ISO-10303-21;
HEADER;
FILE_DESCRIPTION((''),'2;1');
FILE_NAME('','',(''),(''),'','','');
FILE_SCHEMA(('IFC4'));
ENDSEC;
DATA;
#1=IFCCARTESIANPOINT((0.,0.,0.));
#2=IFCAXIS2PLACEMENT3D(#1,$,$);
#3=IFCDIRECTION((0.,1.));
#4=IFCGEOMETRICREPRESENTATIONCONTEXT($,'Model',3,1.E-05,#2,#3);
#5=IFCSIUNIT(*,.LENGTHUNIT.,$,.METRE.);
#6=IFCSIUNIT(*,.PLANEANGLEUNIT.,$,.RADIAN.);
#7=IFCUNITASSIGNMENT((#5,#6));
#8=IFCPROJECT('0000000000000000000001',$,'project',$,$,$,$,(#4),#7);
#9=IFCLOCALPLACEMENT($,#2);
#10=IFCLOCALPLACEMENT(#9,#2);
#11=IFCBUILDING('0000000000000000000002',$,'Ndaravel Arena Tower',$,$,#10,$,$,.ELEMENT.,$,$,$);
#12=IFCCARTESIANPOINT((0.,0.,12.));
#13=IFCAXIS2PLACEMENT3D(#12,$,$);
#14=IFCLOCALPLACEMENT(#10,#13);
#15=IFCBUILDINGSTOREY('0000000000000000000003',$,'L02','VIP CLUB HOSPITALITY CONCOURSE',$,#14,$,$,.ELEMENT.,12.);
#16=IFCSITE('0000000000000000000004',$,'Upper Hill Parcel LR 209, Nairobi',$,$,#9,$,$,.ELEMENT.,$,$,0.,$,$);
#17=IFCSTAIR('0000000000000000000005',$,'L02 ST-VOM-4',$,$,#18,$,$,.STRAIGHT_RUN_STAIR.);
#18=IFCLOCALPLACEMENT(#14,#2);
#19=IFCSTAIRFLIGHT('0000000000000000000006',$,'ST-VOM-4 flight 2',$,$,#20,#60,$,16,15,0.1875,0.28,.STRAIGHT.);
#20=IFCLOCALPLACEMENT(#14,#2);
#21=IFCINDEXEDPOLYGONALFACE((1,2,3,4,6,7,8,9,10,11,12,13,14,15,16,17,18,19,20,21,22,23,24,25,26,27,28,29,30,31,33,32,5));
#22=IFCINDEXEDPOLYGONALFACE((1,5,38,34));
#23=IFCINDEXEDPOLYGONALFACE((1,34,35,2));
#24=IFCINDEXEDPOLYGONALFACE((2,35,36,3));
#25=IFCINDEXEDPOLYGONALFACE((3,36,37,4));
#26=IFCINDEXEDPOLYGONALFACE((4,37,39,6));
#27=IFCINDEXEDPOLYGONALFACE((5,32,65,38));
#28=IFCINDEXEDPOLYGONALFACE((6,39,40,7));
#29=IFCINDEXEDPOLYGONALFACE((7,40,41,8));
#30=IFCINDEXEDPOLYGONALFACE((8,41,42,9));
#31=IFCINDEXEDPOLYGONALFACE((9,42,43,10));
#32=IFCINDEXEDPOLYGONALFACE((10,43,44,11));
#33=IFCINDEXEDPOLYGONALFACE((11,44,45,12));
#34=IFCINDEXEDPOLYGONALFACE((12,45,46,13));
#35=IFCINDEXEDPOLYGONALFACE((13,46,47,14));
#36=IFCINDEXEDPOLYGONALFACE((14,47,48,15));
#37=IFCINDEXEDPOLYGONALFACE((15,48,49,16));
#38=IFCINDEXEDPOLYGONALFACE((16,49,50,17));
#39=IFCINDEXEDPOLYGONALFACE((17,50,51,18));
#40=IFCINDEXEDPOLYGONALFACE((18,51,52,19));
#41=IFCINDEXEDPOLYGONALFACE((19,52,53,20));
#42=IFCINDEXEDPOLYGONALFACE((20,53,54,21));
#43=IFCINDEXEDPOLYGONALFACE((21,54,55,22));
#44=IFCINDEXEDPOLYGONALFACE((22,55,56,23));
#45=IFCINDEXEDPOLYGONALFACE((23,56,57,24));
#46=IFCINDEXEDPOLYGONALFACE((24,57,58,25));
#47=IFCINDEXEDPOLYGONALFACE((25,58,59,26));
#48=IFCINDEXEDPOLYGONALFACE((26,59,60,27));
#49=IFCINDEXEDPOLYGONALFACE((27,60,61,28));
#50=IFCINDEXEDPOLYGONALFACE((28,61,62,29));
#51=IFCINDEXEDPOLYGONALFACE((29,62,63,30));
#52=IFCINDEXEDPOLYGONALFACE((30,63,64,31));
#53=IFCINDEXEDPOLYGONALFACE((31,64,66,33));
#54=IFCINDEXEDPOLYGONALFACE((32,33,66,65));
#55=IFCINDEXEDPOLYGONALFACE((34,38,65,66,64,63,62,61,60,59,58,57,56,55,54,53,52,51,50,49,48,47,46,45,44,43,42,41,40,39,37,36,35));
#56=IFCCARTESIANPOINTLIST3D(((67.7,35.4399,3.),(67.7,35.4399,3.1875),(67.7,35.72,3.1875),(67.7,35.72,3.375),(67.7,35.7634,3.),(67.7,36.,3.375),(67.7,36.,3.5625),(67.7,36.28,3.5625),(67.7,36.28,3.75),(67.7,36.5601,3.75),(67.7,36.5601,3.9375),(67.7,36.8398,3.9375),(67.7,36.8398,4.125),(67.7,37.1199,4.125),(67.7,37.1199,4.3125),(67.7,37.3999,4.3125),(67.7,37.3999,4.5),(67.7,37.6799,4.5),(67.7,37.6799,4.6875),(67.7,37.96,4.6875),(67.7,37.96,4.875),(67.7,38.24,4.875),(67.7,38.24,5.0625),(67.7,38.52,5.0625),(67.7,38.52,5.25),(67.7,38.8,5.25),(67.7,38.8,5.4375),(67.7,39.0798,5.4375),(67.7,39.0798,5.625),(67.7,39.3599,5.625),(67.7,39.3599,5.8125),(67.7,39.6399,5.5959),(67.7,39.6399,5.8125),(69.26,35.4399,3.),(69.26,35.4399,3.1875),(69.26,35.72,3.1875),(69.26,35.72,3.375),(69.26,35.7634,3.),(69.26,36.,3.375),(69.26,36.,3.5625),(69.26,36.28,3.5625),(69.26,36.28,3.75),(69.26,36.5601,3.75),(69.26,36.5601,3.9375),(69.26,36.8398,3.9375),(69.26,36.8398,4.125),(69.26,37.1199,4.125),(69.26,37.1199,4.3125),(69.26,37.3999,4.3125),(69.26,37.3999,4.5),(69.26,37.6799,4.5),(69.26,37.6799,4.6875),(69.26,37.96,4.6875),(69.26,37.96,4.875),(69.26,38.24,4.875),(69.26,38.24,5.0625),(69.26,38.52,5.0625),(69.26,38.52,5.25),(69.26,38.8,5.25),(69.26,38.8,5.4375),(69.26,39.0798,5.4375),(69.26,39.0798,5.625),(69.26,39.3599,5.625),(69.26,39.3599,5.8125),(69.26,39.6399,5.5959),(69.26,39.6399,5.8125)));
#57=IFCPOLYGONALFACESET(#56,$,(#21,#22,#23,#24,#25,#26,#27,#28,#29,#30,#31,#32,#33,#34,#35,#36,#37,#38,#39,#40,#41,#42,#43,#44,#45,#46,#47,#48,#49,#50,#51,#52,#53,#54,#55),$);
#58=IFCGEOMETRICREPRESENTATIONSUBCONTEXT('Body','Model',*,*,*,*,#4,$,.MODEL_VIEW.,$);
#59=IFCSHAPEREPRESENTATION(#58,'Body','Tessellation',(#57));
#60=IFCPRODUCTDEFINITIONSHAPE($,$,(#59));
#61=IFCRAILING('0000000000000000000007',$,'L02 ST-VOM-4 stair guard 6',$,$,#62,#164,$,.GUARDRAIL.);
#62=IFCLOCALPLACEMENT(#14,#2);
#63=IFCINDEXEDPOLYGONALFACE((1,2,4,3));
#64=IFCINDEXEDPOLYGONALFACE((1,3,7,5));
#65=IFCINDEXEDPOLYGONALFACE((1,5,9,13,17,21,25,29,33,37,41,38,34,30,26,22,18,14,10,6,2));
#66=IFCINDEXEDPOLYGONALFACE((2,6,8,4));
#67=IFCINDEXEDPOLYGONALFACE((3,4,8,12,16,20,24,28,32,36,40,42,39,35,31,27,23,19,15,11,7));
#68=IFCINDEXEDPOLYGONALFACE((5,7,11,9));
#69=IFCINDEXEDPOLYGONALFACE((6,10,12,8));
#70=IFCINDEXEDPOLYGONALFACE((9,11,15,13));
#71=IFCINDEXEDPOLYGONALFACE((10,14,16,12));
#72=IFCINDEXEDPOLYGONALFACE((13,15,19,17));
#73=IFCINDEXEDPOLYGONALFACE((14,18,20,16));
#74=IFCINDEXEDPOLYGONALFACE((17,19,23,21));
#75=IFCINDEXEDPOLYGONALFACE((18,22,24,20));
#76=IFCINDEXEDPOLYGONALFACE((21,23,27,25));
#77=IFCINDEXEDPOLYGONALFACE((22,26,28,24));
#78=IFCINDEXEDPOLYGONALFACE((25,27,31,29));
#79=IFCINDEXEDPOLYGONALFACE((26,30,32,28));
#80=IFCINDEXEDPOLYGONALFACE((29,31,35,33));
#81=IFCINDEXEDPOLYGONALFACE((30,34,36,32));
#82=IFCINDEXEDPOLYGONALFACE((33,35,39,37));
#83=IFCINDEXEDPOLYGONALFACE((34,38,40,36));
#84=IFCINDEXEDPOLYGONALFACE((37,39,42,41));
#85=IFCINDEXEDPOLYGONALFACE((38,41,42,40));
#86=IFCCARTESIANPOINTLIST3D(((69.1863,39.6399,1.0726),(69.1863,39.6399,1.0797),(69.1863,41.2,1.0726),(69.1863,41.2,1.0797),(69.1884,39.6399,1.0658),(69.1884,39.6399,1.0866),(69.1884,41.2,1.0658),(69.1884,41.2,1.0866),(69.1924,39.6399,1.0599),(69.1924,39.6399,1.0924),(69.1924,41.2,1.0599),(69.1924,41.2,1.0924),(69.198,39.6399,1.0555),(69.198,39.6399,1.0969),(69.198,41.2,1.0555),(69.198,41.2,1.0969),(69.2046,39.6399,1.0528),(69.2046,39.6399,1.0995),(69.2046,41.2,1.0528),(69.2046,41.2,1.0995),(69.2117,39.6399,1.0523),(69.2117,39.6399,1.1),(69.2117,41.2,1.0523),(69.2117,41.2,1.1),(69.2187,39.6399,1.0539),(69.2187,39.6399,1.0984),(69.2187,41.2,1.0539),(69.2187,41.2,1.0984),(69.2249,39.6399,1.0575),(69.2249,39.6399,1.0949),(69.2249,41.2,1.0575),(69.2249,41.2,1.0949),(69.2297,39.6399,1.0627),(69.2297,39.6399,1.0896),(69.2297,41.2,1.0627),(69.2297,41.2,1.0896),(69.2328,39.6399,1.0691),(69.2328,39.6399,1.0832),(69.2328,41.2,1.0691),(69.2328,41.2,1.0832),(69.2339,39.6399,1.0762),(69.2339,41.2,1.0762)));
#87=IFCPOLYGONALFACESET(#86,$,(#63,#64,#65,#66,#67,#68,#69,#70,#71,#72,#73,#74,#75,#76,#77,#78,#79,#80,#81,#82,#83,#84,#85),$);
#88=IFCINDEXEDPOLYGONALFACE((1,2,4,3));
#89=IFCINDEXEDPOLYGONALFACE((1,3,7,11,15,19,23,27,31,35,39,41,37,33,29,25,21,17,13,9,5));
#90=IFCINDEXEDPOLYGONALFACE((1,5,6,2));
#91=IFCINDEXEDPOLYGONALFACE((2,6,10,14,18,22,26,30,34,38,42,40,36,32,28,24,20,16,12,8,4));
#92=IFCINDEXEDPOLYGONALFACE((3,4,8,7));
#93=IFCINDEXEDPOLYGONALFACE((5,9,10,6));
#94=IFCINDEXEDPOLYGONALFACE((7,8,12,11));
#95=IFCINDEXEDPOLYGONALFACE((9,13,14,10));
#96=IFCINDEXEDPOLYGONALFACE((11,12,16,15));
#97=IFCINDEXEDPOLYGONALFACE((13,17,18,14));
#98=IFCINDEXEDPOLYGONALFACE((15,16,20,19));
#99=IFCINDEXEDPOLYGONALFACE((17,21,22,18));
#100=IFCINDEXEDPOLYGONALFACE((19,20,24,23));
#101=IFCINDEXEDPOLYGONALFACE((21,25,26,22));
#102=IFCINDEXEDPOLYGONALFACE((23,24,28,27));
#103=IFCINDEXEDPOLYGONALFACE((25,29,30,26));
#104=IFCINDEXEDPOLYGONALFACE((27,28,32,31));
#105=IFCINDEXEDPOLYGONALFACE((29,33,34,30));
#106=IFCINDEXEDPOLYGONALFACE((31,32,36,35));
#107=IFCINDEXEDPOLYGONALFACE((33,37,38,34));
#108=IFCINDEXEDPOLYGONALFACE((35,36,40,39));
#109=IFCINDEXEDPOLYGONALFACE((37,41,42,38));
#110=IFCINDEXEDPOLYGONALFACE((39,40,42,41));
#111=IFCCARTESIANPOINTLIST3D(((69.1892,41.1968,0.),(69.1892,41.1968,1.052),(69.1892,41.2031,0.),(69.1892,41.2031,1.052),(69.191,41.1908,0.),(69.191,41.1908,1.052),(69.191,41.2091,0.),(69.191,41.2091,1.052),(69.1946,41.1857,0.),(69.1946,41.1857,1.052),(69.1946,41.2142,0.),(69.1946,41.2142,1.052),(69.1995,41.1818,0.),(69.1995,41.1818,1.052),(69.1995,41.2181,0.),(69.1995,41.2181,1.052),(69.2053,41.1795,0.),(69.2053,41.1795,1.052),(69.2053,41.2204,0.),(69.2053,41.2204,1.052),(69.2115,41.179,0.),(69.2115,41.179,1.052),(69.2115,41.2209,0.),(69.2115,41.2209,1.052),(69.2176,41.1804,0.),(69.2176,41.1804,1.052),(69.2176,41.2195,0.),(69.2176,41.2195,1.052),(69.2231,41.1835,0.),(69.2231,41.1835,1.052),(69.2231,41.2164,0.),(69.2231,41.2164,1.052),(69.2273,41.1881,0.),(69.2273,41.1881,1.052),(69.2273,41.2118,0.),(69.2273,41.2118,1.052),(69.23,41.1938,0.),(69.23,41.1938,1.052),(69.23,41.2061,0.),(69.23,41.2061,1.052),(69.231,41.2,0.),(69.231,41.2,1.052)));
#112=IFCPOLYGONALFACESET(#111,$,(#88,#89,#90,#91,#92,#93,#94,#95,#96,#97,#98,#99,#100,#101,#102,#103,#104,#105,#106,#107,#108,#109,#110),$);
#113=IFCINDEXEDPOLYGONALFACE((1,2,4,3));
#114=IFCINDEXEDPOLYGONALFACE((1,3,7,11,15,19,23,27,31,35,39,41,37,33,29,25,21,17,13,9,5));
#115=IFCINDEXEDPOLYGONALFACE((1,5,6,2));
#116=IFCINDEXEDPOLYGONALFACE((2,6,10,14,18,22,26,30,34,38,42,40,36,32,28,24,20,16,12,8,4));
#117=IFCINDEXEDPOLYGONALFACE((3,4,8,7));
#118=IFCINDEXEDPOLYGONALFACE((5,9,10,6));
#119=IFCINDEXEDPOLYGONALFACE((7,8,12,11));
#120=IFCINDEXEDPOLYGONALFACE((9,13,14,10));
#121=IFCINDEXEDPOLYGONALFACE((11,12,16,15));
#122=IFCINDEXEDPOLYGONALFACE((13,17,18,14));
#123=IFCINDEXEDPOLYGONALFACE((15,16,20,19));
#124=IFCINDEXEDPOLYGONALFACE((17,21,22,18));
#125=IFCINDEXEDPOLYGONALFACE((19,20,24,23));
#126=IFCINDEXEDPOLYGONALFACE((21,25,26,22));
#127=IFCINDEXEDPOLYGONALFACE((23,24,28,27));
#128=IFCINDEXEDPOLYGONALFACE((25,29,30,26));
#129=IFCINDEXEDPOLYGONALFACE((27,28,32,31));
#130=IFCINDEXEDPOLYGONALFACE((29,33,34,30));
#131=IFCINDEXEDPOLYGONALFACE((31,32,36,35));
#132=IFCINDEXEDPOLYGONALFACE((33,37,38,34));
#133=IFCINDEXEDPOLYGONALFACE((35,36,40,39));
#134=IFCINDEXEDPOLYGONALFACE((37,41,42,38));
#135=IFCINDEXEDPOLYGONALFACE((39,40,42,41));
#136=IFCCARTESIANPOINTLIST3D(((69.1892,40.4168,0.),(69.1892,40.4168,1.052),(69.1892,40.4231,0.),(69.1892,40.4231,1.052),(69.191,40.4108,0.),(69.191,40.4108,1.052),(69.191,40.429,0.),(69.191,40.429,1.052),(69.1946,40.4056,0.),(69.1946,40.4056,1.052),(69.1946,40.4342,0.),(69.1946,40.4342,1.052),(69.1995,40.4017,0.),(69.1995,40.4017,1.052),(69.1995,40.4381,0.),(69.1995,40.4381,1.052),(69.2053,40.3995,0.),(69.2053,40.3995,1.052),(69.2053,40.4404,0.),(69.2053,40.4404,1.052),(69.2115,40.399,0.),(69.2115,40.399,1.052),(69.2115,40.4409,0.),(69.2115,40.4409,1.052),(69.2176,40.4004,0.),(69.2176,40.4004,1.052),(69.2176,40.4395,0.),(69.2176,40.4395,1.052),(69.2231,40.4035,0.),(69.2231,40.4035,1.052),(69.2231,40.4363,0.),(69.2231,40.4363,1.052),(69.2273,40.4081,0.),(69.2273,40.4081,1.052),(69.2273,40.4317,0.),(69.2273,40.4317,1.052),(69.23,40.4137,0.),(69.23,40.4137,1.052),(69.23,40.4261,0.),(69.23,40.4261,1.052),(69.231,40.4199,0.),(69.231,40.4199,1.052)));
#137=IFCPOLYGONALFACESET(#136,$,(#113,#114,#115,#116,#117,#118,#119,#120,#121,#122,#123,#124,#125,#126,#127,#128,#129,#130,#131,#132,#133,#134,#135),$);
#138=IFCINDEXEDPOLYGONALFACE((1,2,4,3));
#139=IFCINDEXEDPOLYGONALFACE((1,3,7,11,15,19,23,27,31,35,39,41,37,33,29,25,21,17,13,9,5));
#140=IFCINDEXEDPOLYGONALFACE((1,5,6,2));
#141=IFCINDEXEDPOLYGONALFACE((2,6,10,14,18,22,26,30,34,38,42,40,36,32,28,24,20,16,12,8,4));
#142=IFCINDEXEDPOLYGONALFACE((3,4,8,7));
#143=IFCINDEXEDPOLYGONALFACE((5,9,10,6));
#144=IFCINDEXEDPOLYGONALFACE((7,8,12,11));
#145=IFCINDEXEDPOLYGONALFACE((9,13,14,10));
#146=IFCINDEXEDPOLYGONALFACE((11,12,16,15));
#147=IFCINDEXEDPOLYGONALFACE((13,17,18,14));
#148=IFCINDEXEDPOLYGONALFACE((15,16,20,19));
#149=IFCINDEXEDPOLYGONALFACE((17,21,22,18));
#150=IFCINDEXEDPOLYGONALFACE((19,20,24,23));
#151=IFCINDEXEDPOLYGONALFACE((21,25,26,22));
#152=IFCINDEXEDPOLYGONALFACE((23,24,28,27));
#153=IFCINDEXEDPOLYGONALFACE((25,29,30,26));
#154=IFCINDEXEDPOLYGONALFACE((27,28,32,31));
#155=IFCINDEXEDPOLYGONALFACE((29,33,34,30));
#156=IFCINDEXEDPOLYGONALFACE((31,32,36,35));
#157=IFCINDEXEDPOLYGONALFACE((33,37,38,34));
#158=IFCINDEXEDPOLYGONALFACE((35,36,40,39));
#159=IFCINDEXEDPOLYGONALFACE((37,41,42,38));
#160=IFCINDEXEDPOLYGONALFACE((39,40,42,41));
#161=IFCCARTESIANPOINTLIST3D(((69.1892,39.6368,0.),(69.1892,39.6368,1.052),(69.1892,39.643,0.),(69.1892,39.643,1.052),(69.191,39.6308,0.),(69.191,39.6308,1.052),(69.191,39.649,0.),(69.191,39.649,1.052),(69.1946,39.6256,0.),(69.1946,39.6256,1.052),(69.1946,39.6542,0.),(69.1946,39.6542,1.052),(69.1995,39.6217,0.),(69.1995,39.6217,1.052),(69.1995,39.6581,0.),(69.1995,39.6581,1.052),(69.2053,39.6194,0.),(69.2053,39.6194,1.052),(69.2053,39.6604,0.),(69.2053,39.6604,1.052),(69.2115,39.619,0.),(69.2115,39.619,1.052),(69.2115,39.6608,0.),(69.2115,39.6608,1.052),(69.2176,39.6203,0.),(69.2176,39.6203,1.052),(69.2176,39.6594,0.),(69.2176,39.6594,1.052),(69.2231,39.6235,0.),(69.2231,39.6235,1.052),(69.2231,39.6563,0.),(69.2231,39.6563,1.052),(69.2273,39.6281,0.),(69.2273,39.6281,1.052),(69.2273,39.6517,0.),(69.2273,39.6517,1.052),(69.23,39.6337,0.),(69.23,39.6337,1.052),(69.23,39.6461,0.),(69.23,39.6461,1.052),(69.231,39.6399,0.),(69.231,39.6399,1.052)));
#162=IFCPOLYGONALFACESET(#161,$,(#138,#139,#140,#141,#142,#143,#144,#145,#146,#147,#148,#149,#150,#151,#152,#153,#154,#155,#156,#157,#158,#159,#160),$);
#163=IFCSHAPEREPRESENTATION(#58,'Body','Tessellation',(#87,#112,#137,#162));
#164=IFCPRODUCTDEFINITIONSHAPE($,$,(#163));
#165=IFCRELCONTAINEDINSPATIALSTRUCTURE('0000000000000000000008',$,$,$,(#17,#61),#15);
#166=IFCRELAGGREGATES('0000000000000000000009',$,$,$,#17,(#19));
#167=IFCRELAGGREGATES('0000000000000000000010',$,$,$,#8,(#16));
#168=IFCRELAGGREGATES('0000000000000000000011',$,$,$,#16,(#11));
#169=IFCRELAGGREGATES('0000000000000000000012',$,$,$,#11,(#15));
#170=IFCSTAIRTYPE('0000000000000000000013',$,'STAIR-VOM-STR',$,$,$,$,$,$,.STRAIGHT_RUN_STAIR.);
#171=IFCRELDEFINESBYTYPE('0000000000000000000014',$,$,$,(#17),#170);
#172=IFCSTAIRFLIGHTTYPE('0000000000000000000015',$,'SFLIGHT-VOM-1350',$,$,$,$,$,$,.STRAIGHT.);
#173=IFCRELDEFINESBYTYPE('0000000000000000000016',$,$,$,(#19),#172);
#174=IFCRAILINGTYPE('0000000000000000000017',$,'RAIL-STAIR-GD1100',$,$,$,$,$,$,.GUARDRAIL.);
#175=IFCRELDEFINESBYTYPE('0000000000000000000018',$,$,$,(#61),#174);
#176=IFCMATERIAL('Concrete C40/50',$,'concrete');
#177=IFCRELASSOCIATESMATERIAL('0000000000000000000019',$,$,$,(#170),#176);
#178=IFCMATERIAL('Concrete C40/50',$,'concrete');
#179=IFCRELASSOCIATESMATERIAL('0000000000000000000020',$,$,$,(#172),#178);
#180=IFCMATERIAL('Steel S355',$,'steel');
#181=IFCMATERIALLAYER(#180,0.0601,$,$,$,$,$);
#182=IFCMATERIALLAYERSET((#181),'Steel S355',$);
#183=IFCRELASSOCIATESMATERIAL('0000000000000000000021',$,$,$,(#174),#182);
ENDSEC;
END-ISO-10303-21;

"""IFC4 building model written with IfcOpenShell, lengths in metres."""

from ifc_helpers import new_model, si_unit, direction, frame, origin, origin_2d, place, context, subcontext, project, spatial, polyline, circle, outline, extrude, material, layer, layer_set, type_object, element, aggregate, save


model = new_model("IFC4")

# Units and contexts
model_context = context("Model", 3, precision=1e-05, world=origin(), true_north=direction((0.0, 1.0)))
body_context = subcontext(model_context, "Body", "Model", "MODEL_VIEW")
ifc_project = project(units=[si_unit("LENGTHUNIT", "METRE"), si_unit("PLANEANGLEUNIT", "RADIAN")], contexts=[model_context])

# Site, building, storey
site_placement = place(None, origin())
site = spatial("IfcSite", under=ifc_project, at=site_placement, Name="Upper Hill Parcel LR 209, Nairobi", CompositionType="ELEMENT", RefElevation=0.0)
building_placement = place(site_placement, origin())
building = spatial("IfcBuilding", under=site, at=building_placement, Name="Ndaravel Arena Tower", CompositionType="ELEMENT")
storey_placement = place(building_placement, frame((0.0, 0.0, 12.0)))
storey = spatial("IfcBuildingStorey", under=building, at=storey_placement, Name="L02", Description="VIP CLUB HOSPITALITY CONCOURSE", CompositionType="ELEMENT", Elevation=12.0)

# Stair, stair flight
ifc_material_1 = material(Name="Concrete C40/50", Category="concrete")
stair_type = type_object("IfcStairType", Name="STAIR-VOM-STR", PredefinedType="STRAIGHT_RUN_STAIR", material=ifc_material_1)
stair_placement = place(storey_placement, origin())
stair = element("IfcStair", 1, at=stair_placement, inside=storey, type_object=stair_type, Name="L02 ST-VOM-4", PredefinedType="STRAIGHT_RUN_STAIR")
ifc_material_2 = material(Name="Concrete C40/50", Category="concrete")
stair_flight_type = type_object("IfcStairFlightType", Name="SFLIGHT-VOM-1350", PredefinedType="STRAIGHT", material=ifc_material_2)
stair_flight_placement = place(storey_placement, frame((68.48, 35.4399, 3.0), z_axis=(0.0, 0.0, 1.0), x_axis=(0.0, 1.0, 0.0)))
stair_flight = element("IfcStairFlight", 2, at=stair_flight_placement, type_object=stair_flight_type, Name="ST-VOM-4 flight 2", NumberOfRisers=16, NumberOfTreads=15, PredefinedType="STRAIGHT", RiserHeight=0.1875, TreadLength=0.28, context=body_context, shape_type="SweptSolid", body=[
    extrude(outline(polyline([(0.0, 0.0), (0.0, 0.1875), (0.28, 0.1875), (0.28, 0.375), (0.5601, 0.375), (0.5601, 0.5625), (0.8401, 0.5625), (0.8401, 0.75), (1.1201, 0.75), (1.1201, 0.9375), (1.3999, 0.9375), (1.3999, 1.125), (1.6799, 1.125), (1.6799, 1.3125), (1.96, 1.3125), (1.96, 1.5), (2.24, 1.5), (2.24, 1.6875), (2.52, 1.6875), (2.52, 1.875), (2.8, 1.875), (2.8, 2.0625), (3.0801, 2.0625), (3.0801, 2.25), (3.3601, 2.25), (3.3601, 2.4375), (3.6399, 2.4375), (3.6399, 2.625), (3.9199, 2.625), (3.9199, 2.8125), (4.2, 2.8125), (4.2, 3.0), (4.2, 2.5959), (0.3235, 0.0), (0.0, 0.0)])), frame((0.0, 0.78, 0.0), z_axis=(0.0, -1.0, 0.0), x_axis=(1.0, 0.0, 0.0)), (0.0, 0.0, 1.0), 1.5601),
])
aggregate(stair, [stair_flight])

# Railing
ifc_material_3 = material(Name="Steel S355", Category="steel")
ifc_layer_1 = layer(ifc_material_3, 0.0601)
ifc_layer_set_1 = layer_set([ifc_layer_1], Name="Steel S355")
railing_type_1 = type_object("IfcRailingType", Name="RAIL-STAIR-GD1100", PredefinedType="GUARDRAIL", material=ifc_layer_set_1)
railing_1_placement = place(storey_placement, frame((69.21, 41.2, 0.0)))
element("IfcRailing", 3, at=railing_1_placement, inside=storey, type_object=railing_type_1, Name="L02 ST-VOM-4 stair guard 6", PredefinedType="GUARDRAIL", context=body_context, shape_type="SweptSolid", body=[
    extrude(circle(Radius=0.0239, at=origin_2d()), frame((0.0, 0.0, 1.0762), z_axis=(0.0, -1.0, 0.0), x_axis=(1.0, 0.0, 0.0)), (0.0, 0.0, 1.0), 1.5601),
    extrude(circle(Radius=0.021, at=origin_2d()), origin(), (0.0, 0.0, 1.0), 1.052),
    extrude(circle(Radius=0.021, at=origin_2d()), frame((0.0, -0.78, 0.0)), (0.0, 0.0, 1.0), 1.052),
    extrude(circle(Radius=0.021, at=origin_2d()), frame((0.0, -1.5601, 0.0)), (0.0, 0.0, 1.0), 1.052),
])

save(model, "model.ifc")
